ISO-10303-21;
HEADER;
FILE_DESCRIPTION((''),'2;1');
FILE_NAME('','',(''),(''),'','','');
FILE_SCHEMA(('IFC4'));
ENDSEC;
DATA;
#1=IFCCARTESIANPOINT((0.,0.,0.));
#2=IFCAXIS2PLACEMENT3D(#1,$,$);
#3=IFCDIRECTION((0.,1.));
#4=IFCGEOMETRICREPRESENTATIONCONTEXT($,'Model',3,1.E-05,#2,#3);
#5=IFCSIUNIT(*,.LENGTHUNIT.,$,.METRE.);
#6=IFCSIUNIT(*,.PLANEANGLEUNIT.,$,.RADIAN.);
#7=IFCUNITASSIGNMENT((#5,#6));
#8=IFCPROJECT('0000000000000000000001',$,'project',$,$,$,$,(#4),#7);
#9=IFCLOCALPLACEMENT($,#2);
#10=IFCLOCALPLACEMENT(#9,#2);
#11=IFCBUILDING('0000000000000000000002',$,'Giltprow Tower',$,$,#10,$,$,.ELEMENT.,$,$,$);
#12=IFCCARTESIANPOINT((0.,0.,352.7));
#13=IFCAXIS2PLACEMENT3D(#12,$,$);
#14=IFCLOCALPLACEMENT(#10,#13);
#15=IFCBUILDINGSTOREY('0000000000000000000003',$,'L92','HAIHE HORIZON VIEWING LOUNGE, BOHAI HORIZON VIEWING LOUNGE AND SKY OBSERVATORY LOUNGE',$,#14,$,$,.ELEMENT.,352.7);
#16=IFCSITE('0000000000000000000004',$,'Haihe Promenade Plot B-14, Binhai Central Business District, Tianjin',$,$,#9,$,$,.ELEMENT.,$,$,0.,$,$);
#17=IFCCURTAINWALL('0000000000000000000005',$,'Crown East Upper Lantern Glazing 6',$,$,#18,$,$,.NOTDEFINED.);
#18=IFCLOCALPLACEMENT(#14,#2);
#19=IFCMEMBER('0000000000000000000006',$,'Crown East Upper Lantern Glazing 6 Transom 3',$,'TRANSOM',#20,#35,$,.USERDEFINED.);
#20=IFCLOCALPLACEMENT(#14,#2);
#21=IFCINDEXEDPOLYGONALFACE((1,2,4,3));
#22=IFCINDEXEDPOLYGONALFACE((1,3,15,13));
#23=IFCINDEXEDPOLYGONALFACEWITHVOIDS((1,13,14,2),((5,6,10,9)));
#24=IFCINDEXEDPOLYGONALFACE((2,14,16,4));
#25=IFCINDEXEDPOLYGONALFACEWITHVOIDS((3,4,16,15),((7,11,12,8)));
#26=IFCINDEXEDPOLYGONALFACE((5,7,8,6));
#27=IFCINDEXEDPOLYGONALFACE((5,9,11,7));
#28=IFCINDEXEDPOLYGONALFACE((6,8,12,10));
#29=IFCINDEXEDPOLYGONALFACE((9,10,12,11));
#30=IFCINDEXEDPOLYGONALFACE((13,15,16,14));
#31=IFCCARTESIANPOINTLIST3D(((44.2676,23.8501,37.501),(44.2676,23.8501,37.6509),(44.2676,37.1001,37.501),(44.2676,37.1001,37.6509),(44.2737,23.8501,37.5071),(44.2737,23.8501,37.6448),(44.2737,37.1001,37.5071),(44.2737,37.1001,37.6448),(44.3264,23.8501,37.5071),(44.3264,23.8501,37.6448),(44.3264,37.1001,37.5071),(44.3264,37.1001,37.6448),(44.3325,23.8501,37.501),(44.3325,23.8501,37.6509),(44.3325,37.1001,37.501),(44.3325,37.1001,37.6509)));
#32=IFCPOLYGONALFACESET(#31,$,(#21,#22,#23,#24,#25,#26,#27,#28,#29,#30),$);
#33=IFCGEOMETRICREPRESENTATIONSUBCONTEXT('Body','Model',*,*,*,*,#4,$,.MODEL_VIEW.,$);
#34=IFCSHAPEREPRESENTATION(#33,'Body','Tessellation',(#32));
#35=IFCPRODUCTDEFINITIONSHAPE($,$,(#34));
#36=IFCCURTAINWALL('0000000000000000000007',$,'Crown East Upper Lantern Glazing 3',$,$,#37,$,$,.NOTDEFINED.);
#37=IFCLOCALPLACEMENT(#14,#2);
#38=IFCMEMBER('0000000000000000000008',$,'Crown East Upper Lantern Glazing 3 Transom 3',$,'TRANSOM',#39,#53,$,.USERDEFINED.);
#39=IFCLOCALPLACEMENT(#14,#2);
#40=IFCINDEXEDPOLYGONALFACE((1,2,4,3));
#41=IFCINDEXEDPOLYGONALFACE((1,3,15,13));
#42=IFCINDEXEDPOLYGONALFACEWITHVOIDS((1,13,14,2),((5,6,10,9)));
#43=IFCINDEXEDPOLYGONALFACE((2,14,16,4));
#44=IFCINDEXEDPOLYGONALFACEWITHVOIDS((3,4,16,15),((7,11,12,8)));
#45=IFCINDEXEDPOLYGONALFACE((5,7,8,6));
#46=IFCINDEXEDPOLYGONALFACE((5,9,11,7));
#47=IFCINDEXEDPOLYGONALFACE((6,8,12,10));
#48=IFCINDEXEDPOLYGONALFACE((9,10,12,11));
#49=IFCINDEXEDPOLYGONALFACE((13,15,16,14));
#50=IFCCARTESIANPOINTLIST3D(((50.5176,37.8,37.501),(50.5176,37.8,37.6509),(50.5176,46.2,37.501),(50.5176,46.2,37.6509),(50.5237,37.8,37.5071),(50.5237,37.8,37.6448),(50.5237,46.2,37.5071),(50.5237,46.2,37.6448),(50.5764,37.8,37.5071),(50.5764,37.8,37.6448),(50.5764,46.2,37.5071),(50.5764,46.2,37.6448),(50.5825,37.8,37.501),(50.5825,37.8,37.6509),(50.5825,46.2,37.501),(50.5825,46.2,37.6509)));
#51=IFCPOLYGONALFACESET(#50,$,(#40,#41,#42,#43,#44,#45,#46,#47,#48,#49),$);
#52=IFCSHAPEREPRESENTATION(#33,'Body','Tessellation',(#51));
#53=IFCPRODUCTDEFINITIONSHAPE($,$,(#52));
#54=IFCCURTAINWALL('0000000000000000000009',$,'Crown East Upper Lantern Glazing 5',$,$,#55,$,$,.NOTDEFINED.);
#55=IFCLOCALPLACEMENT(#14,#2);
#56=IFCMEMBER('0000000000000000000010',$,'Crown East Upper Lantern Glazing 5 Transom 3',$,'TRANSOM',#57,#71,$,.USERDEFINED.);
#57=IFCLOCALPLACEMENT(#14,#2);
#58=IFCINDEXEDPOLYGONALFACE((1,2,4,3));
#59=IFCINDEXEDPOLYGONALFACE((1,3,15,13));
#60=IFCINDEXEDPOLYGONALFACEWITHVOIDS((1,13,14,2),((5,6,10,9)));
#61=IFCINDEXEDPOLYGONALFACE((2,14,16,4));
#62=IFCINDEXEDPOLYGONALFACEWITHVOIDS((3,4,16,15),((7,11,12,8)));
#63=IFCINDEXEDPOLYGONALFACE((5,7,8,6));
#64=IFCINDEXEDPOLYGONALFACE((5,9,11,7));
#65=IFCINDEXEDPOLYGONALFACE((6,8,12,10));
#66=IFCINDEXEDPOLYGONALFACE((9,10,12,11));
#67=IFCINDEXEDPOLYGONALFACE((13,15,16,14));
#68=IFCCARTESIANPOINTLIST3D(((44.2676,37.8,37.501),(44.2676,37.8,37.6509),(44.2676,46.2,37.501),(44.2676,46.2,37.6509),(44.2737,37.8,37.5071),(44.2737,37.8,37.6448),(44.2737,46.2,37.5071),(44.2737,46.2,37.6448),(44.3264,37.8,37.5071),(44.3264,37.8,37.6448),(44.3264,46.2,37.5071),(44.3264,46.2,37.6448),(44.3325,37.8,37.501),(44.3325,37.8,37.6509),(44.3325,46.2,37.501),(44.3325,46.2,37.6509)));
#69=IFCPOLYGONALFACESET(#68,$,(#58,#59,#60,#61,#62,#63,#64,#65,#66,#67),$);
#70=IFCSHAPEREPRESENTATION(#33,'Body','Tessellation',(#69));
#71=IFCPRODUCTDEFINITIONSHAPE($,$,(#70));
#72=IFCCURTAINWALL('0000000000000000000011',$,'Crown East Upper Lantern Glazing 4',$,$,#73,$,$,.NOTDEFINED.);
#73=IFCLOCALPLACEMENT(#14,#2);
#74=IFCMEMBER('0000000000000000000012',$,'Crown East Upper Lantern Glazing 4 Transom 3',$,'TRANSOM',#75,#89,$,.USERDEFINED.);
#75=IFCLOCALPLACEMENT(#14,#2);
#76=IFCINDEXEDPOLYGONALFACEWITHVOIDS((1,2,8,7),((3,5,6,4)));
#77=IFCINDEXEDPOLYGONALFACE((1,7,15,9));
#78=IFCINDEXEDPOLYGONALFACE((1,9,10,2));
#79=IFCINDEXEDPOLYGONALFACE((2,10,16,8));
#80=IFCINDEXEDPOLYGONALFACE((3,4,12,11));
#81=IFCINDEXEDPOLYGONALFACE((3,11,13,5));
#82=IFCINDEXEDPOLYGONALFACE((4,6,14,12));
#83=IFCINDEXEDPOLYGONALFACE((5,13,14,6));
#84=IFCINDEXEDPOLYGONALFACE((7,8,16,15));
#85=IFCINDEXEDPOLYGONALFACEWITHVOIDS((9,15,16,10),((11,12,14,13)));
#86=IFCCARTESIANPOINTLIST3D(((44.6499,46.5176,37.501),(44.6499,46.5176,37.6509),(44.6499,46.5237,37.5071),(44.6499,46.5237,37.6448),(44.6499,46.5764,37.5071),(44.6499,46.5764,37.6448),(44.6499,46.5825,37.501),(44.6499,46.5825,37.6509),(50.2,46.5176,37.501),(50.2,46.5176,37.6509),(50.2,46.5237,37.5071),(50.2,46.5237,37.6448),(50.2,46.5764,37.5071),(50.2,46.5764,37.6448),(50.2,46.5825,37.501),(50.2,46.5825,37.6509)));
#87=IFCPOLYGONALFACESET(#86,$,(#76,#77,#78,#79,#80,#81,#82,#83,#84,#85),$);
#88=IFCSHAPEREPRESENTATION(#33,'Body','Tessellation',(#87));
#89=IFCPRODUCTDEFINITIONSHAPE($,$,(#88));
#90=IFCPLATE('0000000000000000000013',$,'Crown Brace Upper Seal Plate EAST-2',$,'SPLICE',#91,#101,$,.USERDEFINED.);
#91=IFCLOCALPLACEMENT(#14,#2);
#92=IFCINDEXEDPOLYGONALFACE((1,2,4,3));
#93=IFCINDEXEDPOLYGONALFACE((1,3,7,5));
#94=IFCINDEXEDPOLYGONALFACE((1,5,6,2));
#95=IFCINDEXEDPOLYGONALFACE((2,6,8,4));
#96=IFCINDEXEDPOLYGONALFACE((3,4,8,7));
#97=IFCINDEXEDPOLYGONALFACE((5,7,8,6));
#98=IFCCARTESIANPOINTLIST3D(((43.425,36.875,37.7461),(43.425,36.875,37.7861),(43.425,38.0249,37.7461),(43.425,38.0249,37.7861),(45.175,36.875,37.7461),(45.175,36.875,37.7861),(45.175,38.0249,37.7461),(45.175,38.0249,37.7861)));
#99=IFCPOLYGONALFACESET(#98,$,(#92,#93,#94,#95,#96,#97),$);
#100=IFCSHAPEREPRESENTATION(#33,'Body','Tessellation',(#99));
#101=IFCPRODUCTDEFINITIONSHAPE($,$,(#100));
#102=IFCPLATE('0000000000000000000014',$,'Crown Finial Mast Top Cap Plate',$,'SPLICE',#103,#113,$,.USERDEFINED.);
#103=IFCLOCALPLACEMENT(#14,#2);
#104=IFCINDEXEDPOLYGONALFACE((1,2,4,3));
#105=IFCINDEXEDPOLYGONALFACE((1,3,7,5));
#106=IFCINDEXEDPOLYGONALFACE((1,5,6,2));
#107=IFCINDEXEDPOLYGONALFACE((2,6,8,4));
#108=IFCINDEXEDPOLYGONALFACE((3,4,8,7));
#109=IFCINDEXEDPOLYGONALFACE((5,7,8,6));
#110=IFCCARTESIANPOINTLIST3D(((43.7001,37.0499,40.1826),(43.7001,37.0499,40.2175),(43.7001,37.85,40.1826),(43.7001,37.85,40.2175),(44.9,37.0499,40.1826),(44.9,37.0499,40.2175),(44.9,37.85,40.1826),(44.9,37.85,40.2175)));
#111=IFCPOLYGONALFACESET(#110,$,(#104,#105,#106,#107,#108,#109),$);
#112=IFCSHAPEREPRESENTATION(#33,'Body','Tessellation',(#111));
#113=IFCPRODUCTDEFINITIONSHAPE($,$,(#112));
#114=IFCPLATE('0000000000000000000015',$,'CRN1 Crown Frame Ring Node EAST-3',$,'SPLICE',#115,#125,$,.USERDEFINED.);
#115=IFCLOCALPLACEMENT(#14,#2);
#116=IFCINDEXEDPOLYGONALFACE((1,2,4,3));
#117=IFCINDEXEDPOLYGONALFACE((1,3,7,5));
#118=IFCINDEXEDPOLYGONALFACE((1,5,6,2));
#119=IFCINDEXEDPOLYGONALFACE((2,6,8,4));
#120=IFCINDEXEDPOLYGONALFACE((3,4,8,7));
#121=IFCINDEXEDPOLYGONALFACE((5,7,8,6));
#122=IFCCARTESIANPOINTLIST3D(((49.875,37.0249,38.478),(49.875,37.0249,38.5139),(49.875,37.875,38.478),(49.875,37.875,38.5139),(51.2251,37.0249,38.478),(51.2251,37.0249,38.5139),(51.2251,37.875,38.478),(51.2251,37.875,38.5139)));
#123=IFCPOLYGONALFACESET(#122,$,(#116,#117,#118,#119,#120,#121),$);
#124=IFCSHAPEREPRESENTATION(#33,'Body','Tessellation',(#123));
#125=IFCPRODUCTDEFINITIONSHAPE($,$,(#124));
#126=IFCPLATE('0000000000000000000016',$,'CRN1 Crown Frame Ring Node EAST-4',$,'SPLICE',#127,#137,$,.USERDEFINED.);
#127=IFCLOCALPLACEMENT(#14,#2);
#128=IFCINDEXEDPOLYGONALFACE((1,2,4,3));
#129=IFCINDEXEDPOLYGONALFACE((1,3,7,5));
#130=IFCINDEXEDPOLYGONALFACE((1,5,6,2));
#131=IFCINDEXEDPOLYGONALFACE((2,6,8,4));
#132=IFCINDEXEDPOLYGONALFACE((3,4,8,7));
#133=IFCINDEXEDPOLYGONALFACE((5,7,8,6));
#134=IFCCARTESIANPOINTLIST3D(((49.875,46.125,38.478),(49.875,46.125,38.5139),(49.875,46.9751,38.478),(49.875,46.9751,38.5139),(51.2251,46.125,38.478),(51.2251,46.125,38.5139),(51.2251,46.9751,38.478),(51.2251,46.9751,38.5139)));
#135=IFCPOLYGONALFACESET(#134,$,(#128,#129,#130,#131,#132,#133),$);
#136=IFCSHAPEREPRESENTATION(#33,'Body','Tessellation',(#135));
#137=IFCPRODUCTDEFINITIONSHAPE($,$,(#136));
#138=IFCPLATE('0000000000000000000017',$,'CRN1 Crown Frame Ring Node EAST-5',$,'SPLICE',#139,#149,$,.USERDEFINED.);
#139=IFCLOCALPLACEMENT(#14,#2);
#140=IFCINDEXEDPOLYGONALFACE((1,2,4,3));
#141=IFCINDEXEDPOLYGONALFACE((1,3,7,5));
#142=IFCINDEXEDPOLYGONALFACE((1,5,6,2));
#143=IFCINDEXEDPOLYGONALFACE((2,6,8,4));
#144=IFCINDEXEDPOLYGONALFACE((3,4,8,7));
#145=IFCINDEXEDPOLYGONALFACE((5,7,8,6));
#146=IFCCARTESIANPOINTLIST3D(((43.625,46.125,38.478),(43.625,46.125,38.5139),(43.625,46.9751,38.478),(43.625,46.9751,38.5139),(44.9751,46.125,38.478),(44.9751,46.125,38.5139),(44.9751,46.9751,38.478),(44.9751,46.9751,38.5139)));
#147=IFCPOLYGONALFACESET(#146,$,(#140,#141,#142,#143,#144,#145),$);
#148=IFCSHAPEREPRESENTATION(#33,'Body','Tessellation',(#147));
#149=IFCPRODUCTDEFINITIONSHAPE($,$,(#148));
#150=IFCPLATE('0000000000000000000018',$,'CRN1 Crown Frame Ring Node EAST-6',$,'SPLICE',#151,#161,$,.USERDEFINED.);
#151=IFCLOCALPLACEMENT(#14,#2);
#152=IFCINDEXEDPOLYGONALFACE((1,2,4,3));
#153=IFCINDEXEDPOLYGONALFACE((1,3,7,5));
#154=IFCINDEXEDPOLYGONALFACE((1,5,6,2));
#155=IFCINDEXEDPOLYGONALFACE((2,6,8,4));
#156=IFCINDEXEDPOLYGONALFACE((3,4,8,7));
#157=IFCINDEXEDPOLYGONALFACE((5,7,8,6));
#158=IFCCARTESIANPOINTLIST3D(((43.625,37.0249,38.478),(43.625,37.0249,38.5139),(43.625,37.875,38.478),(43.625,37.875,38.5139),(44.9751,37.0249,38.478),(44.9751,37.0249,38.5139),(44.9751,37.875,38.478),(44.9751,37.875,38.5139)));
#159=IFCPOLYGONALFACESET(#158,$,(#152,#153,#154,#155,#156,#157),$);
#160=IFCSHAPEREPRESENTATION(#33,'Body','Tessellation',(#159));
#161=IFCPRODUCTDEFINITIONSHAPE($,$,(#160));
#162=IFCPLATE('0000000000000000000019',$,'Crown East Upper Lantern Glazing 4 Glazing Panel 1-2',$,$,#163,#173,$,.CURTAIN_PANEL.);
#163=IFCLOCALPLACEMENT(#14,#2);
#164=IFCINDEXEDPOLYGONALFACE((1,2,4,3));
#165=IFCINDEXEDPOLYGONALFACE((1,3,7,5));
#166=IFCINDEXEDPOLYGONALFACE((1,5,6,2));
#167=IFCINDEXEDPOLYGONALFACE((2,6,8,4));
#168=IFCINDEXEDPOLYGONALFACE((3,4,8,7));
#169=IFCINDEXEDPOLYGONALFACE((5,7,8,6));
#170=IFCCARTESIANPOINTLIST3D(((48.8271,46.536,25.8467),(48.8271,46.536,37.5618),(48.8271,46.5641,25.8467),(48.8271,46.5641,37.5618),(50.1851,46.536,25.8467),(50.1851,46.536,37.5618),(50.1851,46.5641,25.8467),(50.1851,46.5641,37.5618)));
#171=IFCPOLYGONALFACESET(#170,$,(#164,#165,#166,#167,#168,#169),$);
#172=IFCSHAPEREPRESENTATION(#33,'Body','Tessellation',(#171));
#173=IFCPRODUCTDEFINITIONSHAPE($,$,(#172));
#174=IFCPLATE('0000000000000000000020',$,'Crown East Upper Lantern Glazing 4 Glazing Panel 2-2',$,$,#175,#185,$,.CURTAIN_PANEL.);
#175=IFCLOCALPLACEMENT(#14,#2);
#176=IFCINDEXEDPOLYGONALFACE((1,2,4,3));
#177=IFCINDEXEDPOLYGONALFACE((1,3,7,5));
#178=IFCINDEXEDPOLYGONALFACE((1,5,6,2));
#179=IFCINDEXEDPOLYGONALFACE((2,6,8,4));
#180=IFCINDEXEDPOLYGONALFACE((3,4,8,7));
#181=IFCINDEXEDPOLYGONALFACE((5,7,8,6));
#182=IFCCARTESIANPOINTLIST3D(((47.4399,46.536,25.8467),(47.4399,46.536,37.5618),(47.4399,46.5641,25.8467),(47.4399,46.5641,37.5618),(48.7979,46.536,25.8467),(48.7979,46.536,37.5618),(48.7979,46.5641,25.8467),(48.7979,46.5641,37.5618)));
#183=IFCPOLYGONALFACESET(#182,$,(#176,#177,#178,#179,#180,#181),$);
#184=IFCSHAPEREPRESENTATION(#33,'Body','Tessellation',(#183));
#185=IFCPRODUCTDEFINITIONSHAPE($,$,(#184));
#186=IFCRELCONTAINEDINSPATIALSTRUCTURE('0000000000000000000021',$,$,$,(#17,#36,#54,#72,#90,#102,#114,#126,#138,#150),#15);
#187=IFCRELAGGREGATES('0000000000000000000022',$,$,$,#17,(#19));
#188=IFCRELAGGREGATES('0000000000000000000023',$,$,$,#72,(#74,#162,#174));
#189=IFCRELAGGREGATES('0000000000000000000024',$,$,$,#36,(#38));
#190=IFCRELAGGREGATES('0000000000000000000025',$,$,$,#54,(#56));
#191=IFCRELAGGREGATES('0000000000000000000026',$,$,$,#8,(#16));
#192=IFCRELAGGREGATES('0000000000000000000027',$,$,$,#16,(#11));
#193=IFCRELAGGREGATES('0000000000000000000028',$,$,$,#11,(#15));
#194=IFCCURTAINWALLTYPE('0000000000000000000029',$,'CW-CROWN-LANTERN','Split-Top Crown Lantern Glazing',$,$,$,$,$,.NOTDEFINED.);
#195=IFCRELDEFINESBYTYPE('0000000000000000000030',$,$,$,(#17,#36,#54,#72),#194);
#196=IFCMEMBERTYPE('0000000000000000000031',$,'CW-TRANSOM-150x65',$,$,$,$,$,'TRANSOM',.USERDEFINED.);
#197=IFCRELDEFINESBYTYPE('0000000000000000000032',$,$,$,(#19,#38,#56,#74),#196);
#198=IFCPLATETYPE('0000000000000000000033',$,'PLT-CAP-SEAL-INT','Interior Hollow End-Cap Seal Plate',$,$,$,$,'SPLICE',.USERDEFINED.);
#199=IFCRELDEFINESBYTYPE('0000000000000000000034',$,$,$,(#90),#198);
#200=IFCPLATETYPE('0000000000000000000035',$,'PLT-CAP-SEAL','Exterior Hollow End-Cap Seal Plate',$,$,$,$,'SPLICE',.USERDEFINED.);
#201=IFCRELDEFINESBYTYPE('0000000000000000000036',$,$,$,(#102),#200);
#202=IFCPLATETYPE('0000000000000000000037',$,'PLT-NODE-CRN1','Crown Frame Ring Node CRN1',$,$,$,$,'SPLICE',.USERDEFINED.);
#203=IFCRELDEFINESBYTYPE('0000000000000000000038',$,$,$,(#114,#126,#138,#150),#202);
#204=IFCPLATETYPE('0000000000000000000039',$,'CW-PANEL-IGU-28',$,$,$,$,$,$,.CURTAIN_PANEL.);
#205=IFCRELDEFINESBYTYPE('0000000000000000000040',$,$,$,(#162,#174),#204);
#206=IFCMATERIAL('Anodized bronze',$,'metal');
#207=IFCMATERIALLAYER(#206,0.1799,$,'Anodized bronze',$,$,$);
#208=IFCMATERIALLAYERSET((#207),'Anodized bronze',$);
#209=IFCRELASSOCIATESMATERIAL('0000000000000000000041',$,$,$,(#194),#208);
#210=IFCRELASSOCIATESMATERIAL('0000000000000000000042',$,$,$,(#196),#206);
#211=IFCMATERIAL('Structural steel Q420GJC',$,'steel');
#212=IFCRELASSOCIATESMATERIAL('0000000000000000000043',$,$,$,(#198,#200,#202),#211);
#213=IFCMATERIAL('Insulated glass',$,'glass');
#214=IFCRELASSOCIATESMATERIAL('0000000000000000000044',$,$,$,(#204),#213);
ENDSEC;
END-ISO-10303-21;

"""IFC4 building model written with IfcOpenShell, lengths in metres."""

from ifc_helpers import new_model, si_unit, direction, frame, origin, origin_2d, place, context, subcontext, project, spatial, rectangle, hollow_rectangle, extrude, source, transform, mapped, material, layer, layer_set, material_profile, profile_set, type_object, element, aggregate, save


model = new_model("IFC4")

# Units and contexts
model_context = context("Model", 3, precision=1e-05, world=origin(), true_north=direction((0.0, 1.0)))
body_context = subcontext(model_context, "Body", "Model", "MODEL_VIEW")
ifc_project = project(units=[si_unit("LENGTHUNIT", "METRE"), si_unit("PLANEANGLEUNIT", "RADIAN")], contexts=[model_context])

# Site, building, storey
site_placement = place(None, origin())
site = spatial("IfcSite", under=ifc_project, at=site_placement, Name="Haihe Promenade Plot B-14, Binhai Central Business District, Tianjin", CompositionType="ELEMENT", RefElevation=0.0)
building_placement = place(site_placement, origin())
building = spatial("IfcBuilding", under=site, at=building_placement, Name="Giltprow Tower", CompositionType="ELEMENT")
storey_placement = place(building_placement, frame((0.0, 0.0, 352.7)))
storey = spatial("IfcBuildingStorey", under=building, at=storey_placement, Name="L92", Description="HAIHE HORIZON VIEWING LOUNGE, BOHAI HORIZON VIEWING LOUNGE AND SKY OBSERVATORY LOUNGE", CompositionType="ELEMENT", Elevation=352.7)

# Curtain walls, members
ifc_material_1 = material(Name="Anodized bronze", Category="metal")
ifc_layer = layer(ifc_material_1, 0.1799, Name="Anodized bronze")
ifc_layer_set = layer_set([ifc_layer], Name="Anodized bronze")
curtain_wall_type = type_object("IfcCurtainWallType", Name="CW-CROWN-LANTERN", Description="Split-Top Crown Lantern Glazing", PredefinedType="NOTDEFINED", material=ifc_layer_set)
curtain_wall_1_placement = place(storey_placement, origin())
curtain_wall_1 = element("IfcCurtainWall", 1, at=curtain_wall_1_placement, inside=storey, type_object=curtain_wall_type, Name="Crown East Upper Lantern Glazing 6", PredefinedType="NOTDEFINED")
ifc_material_profile_1 = material_profile(ifc_material_1, hollow_rectangle(XDim=0.0649, YDim=0.1499, WallThickness=0.0061, at=origin_2d()), Name="RHS 150x65x6")
ifc_profile_set_1 = profile_set([ifc_material_profile_1], Name="Anodized bronze")
member_type = type_object("IfcMemberType", Name="CW-TRANSOM-150x65", ElementType="TRANSOM", PredefinedType="USERDEFINED", material=ifc_profile_set_1)
shared_shape_1 = source(origin(), body_context, "Body", "SweptSolid", [
    extrude(hollow_rectangle(XDim=0.0649, YDim=0.1499, WallThickness=0.0061, at=origin_2d()), origin(), (0.0, 0.0, 1.0), 13.25),
])
member_1_placement = place(storey_placement, frame((44.3, 37.1001, 37.5759), z_axis=(0.0, -1.0, 0.0), x_axis=(1.0, 0.0, 0.0)))
member_1 = element("IfcMember", 2, at=member_1_placement, type_object=member_type, Name="Crown East Upper Lantern Glazing 6 Transom 3", ObjectType="TRANSOM", PredefinedType="USERDEFINED", context=body_context, shape_type="MappedRepresentation", body=[
    mapped(shared_shape_1, transform((0.0, 0.0, 0.0), x_axis=(1.0, 0.0, 0.0), y_axis=(0.0, 1.0, 0.0), z_axis=(0.0, 0.0, 1.0), scale=1.0)),
])
aggregate(curtain_wall_1, [member_1])
curtain_wall_2_placement = place(storey_placement, origin())
curtain_wall_2 = element("IfcCurtainWall", 3, at=curtain_wall_2_placement, inside=storey, type_object=curtain_wall_type, Name="Crown East Upper Lantern Glazing 3", PredefinedType="NOTDEFINED")
shared_shape_2 = source(origin(), body_context, "Body", "SweptSolid", [
    extrude(hollow_rectangle(XDim=0.0649, YDim=0.1499, WallThickness=0.0061, at=origin_2d()), origin(), (0.0, 0.0, 1.0), 8.3999),
])
member_2_placement = place(storey_placement, frame((50.55, 37.8, 37.5759), z_axis=(0.0, 1.0, 0.0), x_axis=(-1.0, 0.0, 0.0)))
member_2 = element("IfcMember", 4, at=member_2_placement, type_object=member_type, Name="Crown East Upper Lantern Glazing 3 Transom 3", ObjectType="TRANSOM", PredefinedType="USERDEFINED", context=body_context, shape_type="MappedRepresentation", body=[
    mapped(shared_shape_2, transform((0.0, 0.0, 0.0), x_axis=(1.0, 0.0, 0.0), y_axis=(0.0, 1.0, 0.0), z_axis=(0.0, 0.0, 1.0), scale=1.0)),
])
curtain_wall_3_placement = place(storey_placement, origin())
curtain_wall_3 = element("IfcCurtainWall", 5, at=curtain_wall_3_placement, inside=storey, type_object=curtain_wall_type, Name="Crown East Upper Lantern Glazing 5", PredefinedType="NOTDEFINED")
member_3_placement = place(storey_placement, frame((44.3, 46.2, 37.5759), z_axis=(0.0, -1.0, 0.0), x_axis=(1.0, 0.0, 0.0)))
member_3 = element("IfcMember", 6, at=member_3_placement, type_object=member_type, Name="Crown East Upper Lantern Glazing 5 Transom 3", ObjectType="TRANSOM", PredefinedType="USERDEFINED", context=body_context, shape_type="MappedRepresentation", body=[
    mapped(shared_shape_2, transform((0.0, 0.0, 0.0), x_axis=(1.0, 0.0, 0.0), y_axis=(0.0, 1.0, 0.0), z_axis=(0.0, 0.0, 1.0), scale=1.0)),
])
curtain_wall_4_placement = place(storey_placement, origin())
curtain_wall_4 = element("IfcCurtainWall", 7, at=curtain_wall_4_placement, inside=storey, type_object=curtain_wall_type, Name="Crown East Upper Lantern Glazing 4", PredefinedType="NOTDEFINED")
shared_shape_3 = source(origin(), body_context, "Body", "SweptSolid", [
    extrude(hollow_rectangle(XDim=0.0649, YDim=0.1499, WallThickness=0.0061, at=origin_2d()), origin(), (0.0, 0.0, 1.0), 5.55),
])
member_4_placement = place(storey_placement, frame((50.2, 46.55, 37.5759), z_axis=(-1.0, 0.0, 0.0), x_axis=(0.0, -1.0, 0.0)))
member_4 = element("IfcMember", 8, at=member_4_placement, type_object=member_type, Name="Crown East Upper Lantern Glazing 4 Transom 3", ObjectType="TRANSOM", PredefinedType="USERDEFINED", context=body_context, shape_type="MappedRepresentation", body=[
    mapped(shared_shape_3, transform((0.0, 0.0, 0.0), x_axis=(1.0, 0.0, 0.0), y_axis=(0.0, 1.0, 0.0), z_axis=(0.0, 0.0, 1.0), scale=1.0)),
])

# Plates
ifc_material_2 = material(Name="Structural steel Q420GJC", Category="steel")
plate_type_1 = type_object("IfcPlateType", Name="PLT-CAP-SEAL-INT", Description="Interior Hollow End-Cap Seal Plate", ElementType="SPLICE", PredefinedType="USERDEFINED", material=ifc_material_2)
shared_shape_4 = source(origin(), body_context, "Body", "SweptSolid", [
    extrude(rectangle(XDim=1.75, YDim=1.1499, at=origin_2d()), origin(), (0.0, 0.0, 1.0), 0.04),
])
plate_1_placement = place(storey_placement, frame((44.3, 37.45, 37.7461), z_axis=(0.0, 0.0, 1.0), x_axis=(1.0, 0.0, 0.0)))
element("IfcPlate", 9, at=plate_1_placement, inside=storey, type_object=plate_type_1, Name="Crown Brace Upper Seal Plate EAST-2", ObjectType="SPLICE", PredefinedType="USERDEFINED", context=body_context, shape_type="MappedRepresentation", body=[
    mapped(shared_shape_4, transform((0.0, 0.0, 0.0), x_axis=(1.0, 0.0, 0.0), y_axis=(0.0, 1.0, 0.0), z_axis=(0.0, 0.0, 1.0), scale=1.0)),
])
plate_type_2 = type_object("IfcPlateType", Name="PLT-CAP-SEAL", Description="Exterior Hollow End-Cap Seal Plate", ElementType="SPLICE", PredefinedType="USERDEFINED", material=ifc_material_2)
shared_shape_5 = source(origin(), body_context, "Body", "SweptSolid", [
    extrude(rectangle(XDim=1.2, YDim=0.8, at=origin_2d()), origin(), (0.0, 0.0, 1.0), 0.0349),
])
plate_2_placement = place(storey_placement, frame((44.3, 37.45, 40.1826), z_axis=(0.0, 0.0, 1.0), x_axis=(1.0, 0.0, 0.0)))
element("IfcPlate", 10, at=plate_2_placement, inside=storey, type_object=plate_type_2, Name="Crown Finial Mast Top Cap Plate", ObjectType="SPLICE", PredefinedType="USERDEFINED", context=body_context, shape_type="MappedRepresentation", body=[
    mapped(shared_shape_5, transform((0.0, 0.0, 0.0), x_axis=(1.0, 0.0, 0.0), y_axis=(0.0, 1.0, 0.0), z_axis=(0.0, 0.0, 1.0), scale=1.0)),
])
plate_type_3 = type_object("IfcPlateType", Name="PLT-NODE-CRN1", Description="Crown Frame Ring Node CRN1", ElementType="SPLICE", PredefinedType="USERDEFINED", material=ifc_material_2)
shared_shape_6 = source(origin(), body_context, "Body", "SweptSolid", [
    extrude(rectangle(XDim=1.3501, YDim=0.8501, at=origin_2d()), origin(), (0.0, 0.0, 1.0), 0.0359),
])
for number, where, z_axis, x_axis, name in (
    (11, (50.55, 37.45, 38.478), (0.0, 0.0, 1.0), (1.0, 0.0, 0.0), "CRN1 Crown Frame Ring Node EAST-3"),
    (12, (50.55, 46.55, 38.478), (0.0, 0.0, 1.0), (1.0, 0.0, 0.0), "CRN1 Crown Frame Ring Node EAST-4"),
    (13, (44.3, 46.55, 38.478), (0.0, 0.0, 1.0), (1.0, 0.0, 0.0), "CRN1 Crown Frame Ring Node EAST-5"),
    (14, (44.3, 37.45, 38.478), (0.0, 0.0, 1.0), (1.0, 0.0, 0.0), "CRN1 Crown Frame Ring Node EAST-6"),
):
    element("IfcPlate", number, at=place(storey_placement, frame(where, z_axis=z_axis, x_axis=x_axis)), inside=storey, type_object=plate_type_3, Name=name, ObjectType="SPLICE", PredefinedType="USERDEFINED", context=body_context, shape_type="MappedRepresentation", body=[
        mapped(shared_shape_6, transform((0.0, 0.0, 0.0), x_axis=(1.0, 0.0, 0.0), y_axis=(0.0, 1.0, 0.0), z_axis=(0.0, 0.0, 1.0), scale=1.0)),
    ])

# Plates
ifc_material_3 = material(Name="Insulated glass", Category="glass")
plate_type_4 = type_object("IfcPlateType", Name="CW-PANEL-IGU-28", PredefinedType="CURTAIN_PANEL", material=ifc_material_3)
shared_shape_7 = source(origin(), body_context, "Body", "SweptSolid", [
    extrude(rectangle(XDim=1.3579, YDim=0.0281, at=origin_2d()), origin(), (0.0, 0.0, 1.0), 11.7151),
])
plate_3_placement = place(storey_placement, frame((49.5061, 46.55, 25.8467), z_axis=(0.0, 0.0, 1.0), x_axis=(-1.0, 0.0, 0.0)))
plate_3 = element("IfcPlate", 15, at=plate_3_placement, type_object=plate_type_4, Name="Crown East Upper Lantern Glazing 4 Glazing Panel 1-2", PredefinedType="CURTAIN_PANEL", context=body_context, shape_type="MappedRepresentation", body=[
    mapped(shared_shape_7, transform((0.0, 0.0, 0.0), x_axis=(1.0, 0.0, 0.0), y_axis=(0.0, 1.0, 0.0), z_axis=(0.0, 0.0, 1.0), scale=1.0)),
])
plate_4_placement = place(storey_placement, frame((48.1189, 46.55, 25.8467), z_axis=(0.0, 0.0, 1.0), x_axis=(-1.0, 0.0, 0.0)))
plate_4 = element("IfcPlate", 16, at=plate_4_placement, type_object=plate_type_4, Name="Crown East Upper Lantern Glazing 4 Glazing Panel 2-2", PredefinedType="CURTAIN_PANEL", context=body_context, shape_type="MappedRepresentation", body=[
    mapped(shared_shape_7, transform((0.0, 0.0, 0.0), x_axis=(1.0, 0.0, 0.0), y_axis=(0.0, 1.0, 0.0), z_axis=(0.0, 0.0, 1.0), scale=1.0)),
])
aggregate(curtain_wall_4, [member_4, plate_3, plate_4])
aggregate(curtain_wall_2, [member_2])
aggregate(curtain_wall_3, [member_3])

save(model, "model.ifc")
